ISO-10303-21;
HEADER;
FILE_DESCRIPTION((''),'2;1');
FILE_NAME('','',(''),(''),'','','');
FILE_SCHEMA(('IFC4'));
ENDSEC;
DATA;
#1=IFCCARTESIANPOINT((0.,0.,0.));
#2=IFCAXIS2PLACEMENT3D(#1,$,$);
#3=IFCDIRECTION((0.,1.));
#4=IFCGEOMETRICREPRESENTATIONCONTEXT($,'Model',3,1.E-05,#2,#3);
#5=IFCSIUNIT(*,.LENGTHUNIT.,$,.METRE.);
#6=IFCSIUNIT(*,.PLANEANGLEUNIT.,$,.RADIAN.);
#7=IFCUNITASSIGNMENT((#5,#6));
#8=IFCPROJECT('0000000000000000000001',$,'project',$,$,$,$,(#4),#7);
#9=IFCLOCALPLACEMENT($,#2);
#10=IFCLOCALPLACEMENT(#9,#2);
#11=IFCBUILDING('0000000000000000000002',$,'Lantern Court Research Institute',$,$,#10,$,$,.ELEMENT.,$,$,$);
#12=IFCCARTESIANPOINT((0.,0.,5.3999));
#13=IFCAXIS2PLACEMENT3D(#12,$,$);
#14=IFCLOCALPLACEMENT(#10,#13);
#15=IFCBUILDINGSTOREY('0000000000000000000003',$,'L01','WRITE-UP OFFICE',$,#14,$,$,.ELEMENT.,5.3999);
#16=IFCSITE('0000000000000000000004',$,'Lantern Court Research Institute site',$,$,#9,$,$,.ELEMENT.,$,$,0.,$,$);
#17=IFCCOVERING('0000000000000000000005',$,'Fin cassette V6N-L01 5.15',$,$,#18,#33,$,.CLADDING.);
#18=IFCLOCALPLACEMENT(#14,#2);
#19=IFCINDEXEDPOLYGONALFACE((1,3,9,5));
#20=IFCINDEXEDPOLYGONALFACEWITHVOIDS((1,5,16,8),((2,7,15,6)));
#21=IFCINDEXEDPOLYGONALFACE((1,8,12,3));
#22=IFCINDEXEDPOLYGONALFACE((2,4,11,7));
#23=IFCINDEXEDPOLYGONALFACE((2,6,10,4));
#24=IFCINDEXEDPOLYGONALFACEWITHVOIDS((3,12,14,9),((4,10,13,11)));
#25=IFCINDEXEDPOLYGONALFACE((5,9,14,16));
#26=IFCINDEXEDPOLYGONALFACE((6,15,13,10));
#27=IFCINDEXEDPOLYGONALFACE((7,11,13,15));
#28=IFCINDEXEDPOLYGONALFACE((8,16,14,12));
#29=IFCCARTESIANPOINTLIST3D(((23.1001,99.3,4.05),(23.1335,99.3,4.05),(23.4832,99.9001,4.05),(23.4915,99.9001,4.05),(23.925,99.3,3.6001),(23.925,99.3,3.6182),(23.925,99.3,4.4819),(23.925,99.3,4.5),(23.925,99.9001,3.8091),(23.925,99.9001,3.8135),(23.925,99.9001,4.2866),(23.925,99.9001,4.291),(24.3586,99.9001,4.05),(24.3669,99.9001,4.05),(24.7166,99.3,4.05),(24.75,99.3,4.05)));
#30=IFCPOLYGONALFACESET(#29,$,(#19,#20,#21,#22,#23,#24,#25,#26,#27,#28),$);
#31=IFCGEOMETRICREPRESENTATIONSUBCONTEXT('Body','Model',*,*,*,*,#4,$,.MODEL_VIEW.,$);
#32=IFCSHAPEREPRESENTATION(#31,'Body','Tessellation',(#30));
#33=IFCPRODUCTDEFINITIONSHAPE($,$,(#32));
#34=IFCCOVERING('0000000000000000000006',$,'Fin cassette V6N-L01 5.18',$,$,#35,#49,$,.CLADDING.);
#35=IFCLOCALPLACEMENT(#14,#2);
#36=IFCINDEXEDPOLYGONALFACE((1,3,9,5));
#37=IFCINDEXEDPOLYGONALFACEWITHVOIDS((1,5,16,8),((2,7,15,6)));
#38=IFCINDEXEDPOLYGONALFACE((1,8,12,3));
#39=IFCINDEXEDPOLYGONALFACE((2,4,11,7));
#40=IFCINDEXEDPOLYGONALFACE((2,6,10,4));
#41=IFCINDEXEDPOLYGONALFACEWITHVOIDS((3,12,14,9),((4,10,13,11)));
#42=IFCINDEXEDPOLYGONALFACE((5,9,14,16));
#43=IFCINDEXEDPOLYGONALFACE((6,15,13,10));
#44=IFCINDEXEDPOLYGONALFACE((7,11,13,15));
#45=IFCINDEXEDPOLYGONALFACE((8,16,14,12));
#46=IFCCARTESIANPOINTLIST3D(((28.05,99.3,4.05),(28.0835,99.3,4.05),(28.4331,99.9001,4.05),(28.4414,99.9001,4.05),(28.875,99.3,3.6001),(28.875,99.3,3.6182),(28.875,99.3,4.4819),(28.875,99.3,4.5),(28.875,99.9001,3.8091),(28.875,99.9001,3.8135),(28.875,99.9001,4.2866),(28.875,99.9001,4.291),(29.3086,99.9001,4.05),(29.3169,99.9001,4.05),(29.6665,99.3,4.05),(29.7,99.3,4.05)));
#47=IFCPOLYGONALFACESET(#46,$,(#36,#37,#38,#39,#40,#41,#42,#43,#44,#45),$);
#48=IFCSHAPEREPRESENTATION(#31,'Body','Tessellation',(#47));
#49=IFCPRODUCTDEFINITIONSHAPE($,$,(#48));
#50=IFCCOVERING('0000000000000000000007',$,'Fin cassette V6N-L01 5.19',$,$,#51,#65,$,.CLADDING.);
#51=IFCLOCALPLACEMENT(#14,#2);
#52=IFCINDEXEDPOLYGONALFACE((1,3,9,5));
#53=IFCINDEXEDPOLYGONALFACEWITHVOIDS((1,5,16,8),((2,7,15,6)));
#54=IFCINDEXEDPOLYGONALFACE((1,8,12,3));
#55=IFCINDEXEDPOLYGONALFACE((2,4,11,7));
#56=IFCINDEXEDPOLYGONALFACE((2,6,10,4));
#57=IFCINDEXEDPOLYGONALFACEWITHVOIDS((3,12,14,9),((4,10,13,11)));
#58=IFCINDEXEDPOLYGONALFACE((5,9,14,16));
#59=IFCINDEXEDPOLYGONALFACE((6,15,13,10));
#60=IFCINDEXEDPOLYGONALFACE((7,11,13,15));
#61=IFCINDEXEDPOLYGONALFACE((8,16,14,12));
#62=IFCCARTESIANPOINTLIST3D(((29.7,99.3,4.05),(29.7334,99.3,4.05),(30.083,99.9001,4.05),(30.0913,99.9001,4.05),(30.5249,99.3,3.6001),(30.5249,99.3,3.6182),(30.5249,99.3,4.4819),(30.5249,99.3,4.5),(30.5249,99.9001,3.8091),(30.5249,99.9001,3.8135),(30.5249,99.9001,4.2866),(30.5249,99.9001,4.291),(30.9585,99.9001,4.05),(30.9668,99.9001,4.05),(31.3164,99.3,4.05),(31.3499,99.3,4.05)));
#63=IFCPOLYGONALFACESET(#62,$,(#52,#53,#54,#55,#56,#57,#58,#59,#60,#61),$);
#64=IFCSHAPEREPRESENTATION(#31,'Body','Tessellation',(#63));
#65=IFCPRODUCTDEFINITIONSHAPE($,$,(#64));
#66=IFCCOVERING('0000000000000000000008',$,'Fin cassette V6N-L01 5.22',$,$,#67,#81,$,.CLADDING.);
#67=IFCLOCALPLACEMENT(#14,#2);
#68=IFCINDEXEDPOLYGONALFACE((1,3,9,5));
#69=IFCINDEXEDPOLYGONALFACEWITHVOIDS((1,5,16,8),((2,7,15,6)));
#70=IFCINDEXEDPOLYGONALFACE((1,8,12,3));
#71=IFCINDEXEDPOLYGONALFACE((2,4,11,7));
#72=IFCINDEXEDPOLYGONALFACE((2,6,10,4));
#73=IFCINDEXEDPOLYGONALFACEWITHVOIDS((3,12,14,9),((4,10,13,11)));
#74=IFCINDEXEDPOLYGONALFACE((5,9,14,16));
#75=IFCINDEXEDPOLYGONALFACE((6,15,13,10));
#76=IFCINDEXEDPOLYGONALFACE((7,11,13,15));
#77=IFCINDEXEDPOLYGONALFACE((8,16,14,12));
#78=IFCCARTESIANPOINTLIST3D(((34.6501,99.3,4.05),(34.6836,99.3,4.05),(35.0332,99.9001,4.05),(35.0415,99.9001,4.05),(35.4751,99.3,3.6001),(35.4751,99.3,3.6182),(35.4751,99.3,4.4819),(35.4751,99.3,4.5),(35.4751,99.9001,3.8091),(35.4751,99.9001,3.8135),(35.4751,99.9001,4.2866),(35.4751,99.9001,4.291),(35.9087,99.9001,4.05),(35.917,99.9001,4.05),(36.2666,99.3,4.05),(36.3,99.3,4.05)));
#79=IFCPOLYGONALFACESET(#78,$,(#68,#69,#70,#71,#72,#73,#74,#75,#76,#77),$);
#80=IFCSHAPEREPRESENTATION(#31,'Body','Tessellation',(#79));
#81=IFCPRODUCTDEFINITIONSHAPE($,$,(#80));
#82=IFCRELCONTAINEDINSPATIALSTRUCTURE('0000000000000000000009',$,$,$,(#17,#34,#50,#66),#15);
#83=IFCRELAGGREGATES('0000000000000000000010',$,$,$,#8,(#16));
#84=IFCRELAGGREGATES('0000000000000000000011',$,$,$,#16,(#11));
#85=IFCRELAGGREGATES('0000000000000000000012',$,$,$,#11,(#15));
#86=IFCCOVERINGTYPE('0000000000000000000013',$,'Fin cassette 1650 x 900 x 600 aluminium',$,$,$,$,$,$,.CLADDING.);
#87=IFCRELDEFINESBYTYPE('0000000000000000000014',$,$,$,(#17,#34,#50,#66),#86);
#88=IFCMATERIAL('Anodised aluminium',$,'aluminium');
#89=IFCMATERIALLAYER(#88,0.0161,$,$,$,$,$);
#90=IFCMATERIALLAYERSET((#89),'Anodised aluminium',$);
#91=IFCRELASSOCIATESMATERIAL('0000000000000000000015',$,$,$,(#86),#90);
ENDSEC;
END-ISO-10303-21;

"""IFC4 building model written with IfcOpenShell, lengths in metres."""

from ifc_helpers import new_model, entity, si_unit, direction, frame, origin, place, context, subcontext, project, spatial, material, layer, layer_set, type_object, element, save


model = new_model("IFC4")

# Units and contexts
model_context = context("Model", 3, precision=1e-05, world=origin(), true_north=direction((0.0, 1.0)))
body_context = subcontext(model_context, "Body", "Model", "MODEL_VIEW")
ifc_project = project(units=[si_unit("LENGTHUNIT", "METRE"), si_unit("PLANEANGLEUNIT", "RADIAN")], contexts=[model_context])

# Site, building, storey
site_placement = place(None, origin())
site = spatial("IfcSite", under=ifc_project, at=site_placement, Name="Lantern Court Research Institute site", CompositionType="ELEMENT", RefElevation=0.0)
building_placement = place(site_placement, origin())
building = spatial("IfcBuilding", under=site, at=building_placement, Name="Lantern Court Research Institute", CompositionType="ELEMENT")
storey_placement = place(building_placement, frame((0.0, 0.0, 5.3999)))
storey = spatial("IfcBuildingStorey", under=building, at=storey_placement, Name="L01", Description="WRITE-UP OFFICE", CompositionType="ELEMENT", Elevation=5.3999)

# Coverings
ifc_material_1 = material(Name="Anodised aluminium", Category="aluminium")
ifc_layer_1 = layer(ifc_material_1, 0.0161)
ifc_layer_set_1 = layer_set([ifc_layer_1], Name="Anodised aluminium")
covering_type_1 = type_object("IfcCoveringType", Name="Fin cassette 1650 x 900 x 600 aluminium", PredefinedType="CLADDING", material=ifc_layer_set_1)
covering_1_placement = place(storey_placement, frame((23.925, 99.3, 4.05), z_axis=(0.0, 1.0, 0.0), x_axis=(-1.0, 0.0, 0.0)))
cartesian_point_1 = entity("IfcCartesianPoint", [0.825, 0.0])
cartesian_point_2 = entity("IfcCartesianPoint", [0.7915, 0.0])
cartesian_point_3 = entity("IfcCartesianPoint", [0.4419, 0.0])
cartesian_point_4 = entity("IfcCartesianPoint", [0.4336, 0.0])
element("IfcCovering", 1, at=covering_1_placement, inside=storey, type_object=covering_type_1, Name="Fin cassette V6N-L01 5.15", PredefinedType="CLADDING", context=body_context, shape_type="SweptSolid", body=[
    entity("IfcExtrudedAreaSolidTapered", entity("IfcArbitraryProfileDefWithVoids", "AREA", None, entity("IfcPolyline", [cartesian_point_1, entity("IfcCartesianPoint", [0.0, 0.45]), entity("IfcCartesianPoint", [-0.825, 0.0]), entity("IfcCartesianPoint", [0.0, -0.45]), cartesian_point_1]), [entity("IfcPolyline", [cartesian_point_2, entity("IfcCartesianPoint", [0.0, 0.4319]), entity("IfcCartesianPoint", [-0.7915, 0.0]), entity("IfcCartesianPoint", [0.0, -0.4319]), cartesian_point_2])]), entity("IfcAxis2Placement3D", entity("IfcCartesianPoint", [0.0, 0.0, 0.0])), entity("IfcDirection", [0.0, 0.0, 1.0]), 0.6001, entity("IfcArbitraryProfileDefWithVoids", "AREA", None, entity("IfcPolyline", [cartesian_point_3, entity("IfcCartesianPoint", [0.0, 0.241]), entity("IfcCartesianPoint", [-0.4419, 0.0]), entity("IfcCartesianPoint", [0.0, -0.241]), cartesian_point_3]), [entity("IfcPolyline", [cartesian_point_4, entity("IfcCartesianPoint", [0.0, 0.2366]), entity("IfcCartesianPoint", [-0.4336, 0.0]), entity("IfcCartesianPoint", [0.0, -0.2366]), cartesian_point_4])])),
])
covering_2_placement = place(storey_placement, frame((28.875, 99.3, 4.05), z_axis=(0.0, 1.0, 0.0), x_axis=(-1.0, 0.0, 0.0)))
cartesian_point_5 = entity("IfcCartesianPoint", [0.825, 0.0])
cartesian_point_6 = entity("IfcCartesianPoint", [0.7915, 0.0])
cartesian_point_7 = entity("IfcCartesianPoint", [0.4419, 0.0])
cartesian_point_8 = entity("IfcCartesianPoint", [0.4336, 0.0])
element("IfcCovering", 2, at=covering_2_placement, inside=storey, type_object=covering_type_1, Name="Fin cassette V6N-L01 5.18", PredefinedType="CLADDING", context=body_context, shape_type="SweptSolid", body=[
    entity("IfcExtrudedAreaSolidTapered", entity("IfcArbitraryProfileDefWithVoids", "AREA", None, entity("IfcPolyline", [cartesian_point_5, entity("IfcCartesianPoint", [0.0, 0.45]), entity("IfcCartesianPoint", [-0.825, 0.0]), entity("IfcCartesianPoint", [0.0, -0.45]), cartesian_point_5]), [entity("IfcPolyline", [cartesian_point_6, entity("IfcCartesianPoint", [0.0, 0.4319]), entity("IfcCartesianPoint", [-0.7915, 0.0]), entity("IfcCartesianPoint", [0.0, -0.4319]), cartesian_point_6])]), entity("IfcAxis2Placement3D", entity("IfcCartesianPoint", [0.0, 0.0, 0.0])), entity("IfcDirection", [0.0, 0.0, 1.0]), 0.6001, entity("IfcArbitraryProfileDefWithVoids", "AREA", None, entity("IfcPolyline", [cartesian_point_7, entity("IfcCartesianPoint", [0.0, 0.241]), entity("IfcCartesianPoint", [-0.4419, 0.0]), entity("IfcCartesianPoint", [0.0, -0.241]), cartesian_point_7]), [entity("IfcPolyline", [cartesian_point_8, entity("IfcCartesianPoint", [0.0, 0.2366]), entity("IfcCartesianPoint", [-0.4336, 0.0]), entity("IfcCartesianPoint", [0.0, -0.2366]), cartesian_point_8])])),
])
covering_3_placement = place(storey_placement, frame((30.5249, 99.3, 4.05), z_axis=(0.0, 1.0, 0.0), x_axis=(-1.0, 0.0, 0.0)))
cartesian_point_9 = entity("IfcCartesianPoint", [0.825, 0.0])
cartesian_point_10 = entity("IfcCartesianPoint", [0.7915, 0.0])
cartesian_point_11 = entity("IfcCartesianPoint", [0.4419, 0.0])
cartesian_point_12 = entity("IfcCartesianPoint", [0.4336, 0.0])
element("IfcCovering", 3, at=covering_3_placement, inside=storey, type_object=covering_type_1, Name="Fin cassette V6N-L01 5.19", PredefinedType="CLADDING", context=body_context, shape_type="SweptSolid", body=[
    entity("IfcExtrudedAreaSolidTapered", entity("IfcArbitraryProfileDefWithVoids", "AREA", None, entity("IfcPolyline", [cartesian_point_9, entity("IfcCartesianPoint", [0.0, 0.45]), entity("IfcCartesianPoint", [-0.825, 0.0]), entity("IfcCartesianPoint", [0.0, -0.45]), cartesian_point_9]), [entity("IfcPolyline", [cartesian_point_10, entity("IfcCartesianPoint", [0.0, 0.4319]), entity("IfcCartesianPoint", [-0.7915, 0.0]), entity("IfcCartesianPoint", [0.0, -0.4319]), cartesian_point_10])]), entity("IfcAxis2Placement3D", entity("IfcCartesianPoint", [0.0, 0.0, 0.0])), entity("IfcDirection", [0.0, 0.0, 1.0]), 0.6001, entity("IfcArbitraryProfileDefWithVoids", "AREA", None, entity("IfcPolyline", [cartesian_point_11, entity("IfcCartesianPoint", [0.0, 0.241]), entity("IfcCartesianPoint", [-0.4419, 0.0]), entity("IfcCartesianPoint", [0.0, -0.241]), cartesian_point_11]), [entity("IfcPolyline", [cartesian_point_12, entity("IfcCartesianPoint", [0.0, 0.2366]), entity("IfcCartesianPoint", [-0.4336, 0.0]), entity("IfcCartesianPoint", [0.0, -0.2366]), cartesian_point_12])])),
])
covering_4_placement = place(storey_placement, frame((35.4751, 99.3, 4.05), z_axis=(0.0, 1.0, 0.0), x_axis=(-1.0, 0.0, 0.0)))
cartesian_point_13 = entity("IfcCartesianPoint", [0.825, 0.0])
cartesian_point_14 = entity("IfcCartesianPoint", [0.7915, 0.0])
cartesian_point_15 = entity("IfcCartesianPoint", [0.4419, 0.0])
cartesian_point_16 = entity("IfcCartesianPoint", [0.4336, 0.0])
element("IfcCovering", 4, at=covering_4_placement, inside=storey, type_object=covering_type_1, Name="Fin cassette V6N-L01 5.22", PredefinedType="CLADDING", context=body_context, shape_type="SweptSolid", body=[
    entity("IfcExtrudedAreaSolidTapered", entity("IfcArbitraryProfileDefWithVoids", "AREA", None, entity("IfcPolyline", [cartesian_point_13, entity("IfcCartesianPoint", [0.0, 0.45]), entity("IfcCartesianPoint", [-0.825, 0.0]), entity("IfcCartesianPoint", [0.0, -0.45]), cartesian_point_13]), [entity("IfcPolyline", [cartesian_point_14, entity("IfcCartesianPoint", [0.0, 0.4319]), entity("IfcCartesianPoint", [-0.7915, 0.0]), entity("IfcCartesianPoint", [0.0, -0.4319]), cartesian_point_14])]), entity("IfcAxis2Placement3D", entity("IfcCartesianPoint", [0.0, 0.0, 0.0])), entity("IfcDirection", [0.0, 0.0, 1.0]), 0.6001, entity("IfcArbitraryProfileDefWithVoids", "AREA", None, entity("IfcPolyline", [cartesian_point_15, entity("IfcCartesianPoint", [0.0, 0.241]), entity("IfcCartesianPoint", [-0.4419, 0.0]), entity("IfcCartesianPoint", [0.0, -0.241]), cartesian_point_15]), [entity("IfcPolyline", [cartesian_point_16, entity("IfcCartesianPoint", [0.0, 0.2366]), entity("IfcCartesianPoint", [-0.4336, 0.0]), entity("IfcCartesianPoint", [0.0, -0.2366]), cartesian_point_16])])),
])

save(model, "model.ifc")
